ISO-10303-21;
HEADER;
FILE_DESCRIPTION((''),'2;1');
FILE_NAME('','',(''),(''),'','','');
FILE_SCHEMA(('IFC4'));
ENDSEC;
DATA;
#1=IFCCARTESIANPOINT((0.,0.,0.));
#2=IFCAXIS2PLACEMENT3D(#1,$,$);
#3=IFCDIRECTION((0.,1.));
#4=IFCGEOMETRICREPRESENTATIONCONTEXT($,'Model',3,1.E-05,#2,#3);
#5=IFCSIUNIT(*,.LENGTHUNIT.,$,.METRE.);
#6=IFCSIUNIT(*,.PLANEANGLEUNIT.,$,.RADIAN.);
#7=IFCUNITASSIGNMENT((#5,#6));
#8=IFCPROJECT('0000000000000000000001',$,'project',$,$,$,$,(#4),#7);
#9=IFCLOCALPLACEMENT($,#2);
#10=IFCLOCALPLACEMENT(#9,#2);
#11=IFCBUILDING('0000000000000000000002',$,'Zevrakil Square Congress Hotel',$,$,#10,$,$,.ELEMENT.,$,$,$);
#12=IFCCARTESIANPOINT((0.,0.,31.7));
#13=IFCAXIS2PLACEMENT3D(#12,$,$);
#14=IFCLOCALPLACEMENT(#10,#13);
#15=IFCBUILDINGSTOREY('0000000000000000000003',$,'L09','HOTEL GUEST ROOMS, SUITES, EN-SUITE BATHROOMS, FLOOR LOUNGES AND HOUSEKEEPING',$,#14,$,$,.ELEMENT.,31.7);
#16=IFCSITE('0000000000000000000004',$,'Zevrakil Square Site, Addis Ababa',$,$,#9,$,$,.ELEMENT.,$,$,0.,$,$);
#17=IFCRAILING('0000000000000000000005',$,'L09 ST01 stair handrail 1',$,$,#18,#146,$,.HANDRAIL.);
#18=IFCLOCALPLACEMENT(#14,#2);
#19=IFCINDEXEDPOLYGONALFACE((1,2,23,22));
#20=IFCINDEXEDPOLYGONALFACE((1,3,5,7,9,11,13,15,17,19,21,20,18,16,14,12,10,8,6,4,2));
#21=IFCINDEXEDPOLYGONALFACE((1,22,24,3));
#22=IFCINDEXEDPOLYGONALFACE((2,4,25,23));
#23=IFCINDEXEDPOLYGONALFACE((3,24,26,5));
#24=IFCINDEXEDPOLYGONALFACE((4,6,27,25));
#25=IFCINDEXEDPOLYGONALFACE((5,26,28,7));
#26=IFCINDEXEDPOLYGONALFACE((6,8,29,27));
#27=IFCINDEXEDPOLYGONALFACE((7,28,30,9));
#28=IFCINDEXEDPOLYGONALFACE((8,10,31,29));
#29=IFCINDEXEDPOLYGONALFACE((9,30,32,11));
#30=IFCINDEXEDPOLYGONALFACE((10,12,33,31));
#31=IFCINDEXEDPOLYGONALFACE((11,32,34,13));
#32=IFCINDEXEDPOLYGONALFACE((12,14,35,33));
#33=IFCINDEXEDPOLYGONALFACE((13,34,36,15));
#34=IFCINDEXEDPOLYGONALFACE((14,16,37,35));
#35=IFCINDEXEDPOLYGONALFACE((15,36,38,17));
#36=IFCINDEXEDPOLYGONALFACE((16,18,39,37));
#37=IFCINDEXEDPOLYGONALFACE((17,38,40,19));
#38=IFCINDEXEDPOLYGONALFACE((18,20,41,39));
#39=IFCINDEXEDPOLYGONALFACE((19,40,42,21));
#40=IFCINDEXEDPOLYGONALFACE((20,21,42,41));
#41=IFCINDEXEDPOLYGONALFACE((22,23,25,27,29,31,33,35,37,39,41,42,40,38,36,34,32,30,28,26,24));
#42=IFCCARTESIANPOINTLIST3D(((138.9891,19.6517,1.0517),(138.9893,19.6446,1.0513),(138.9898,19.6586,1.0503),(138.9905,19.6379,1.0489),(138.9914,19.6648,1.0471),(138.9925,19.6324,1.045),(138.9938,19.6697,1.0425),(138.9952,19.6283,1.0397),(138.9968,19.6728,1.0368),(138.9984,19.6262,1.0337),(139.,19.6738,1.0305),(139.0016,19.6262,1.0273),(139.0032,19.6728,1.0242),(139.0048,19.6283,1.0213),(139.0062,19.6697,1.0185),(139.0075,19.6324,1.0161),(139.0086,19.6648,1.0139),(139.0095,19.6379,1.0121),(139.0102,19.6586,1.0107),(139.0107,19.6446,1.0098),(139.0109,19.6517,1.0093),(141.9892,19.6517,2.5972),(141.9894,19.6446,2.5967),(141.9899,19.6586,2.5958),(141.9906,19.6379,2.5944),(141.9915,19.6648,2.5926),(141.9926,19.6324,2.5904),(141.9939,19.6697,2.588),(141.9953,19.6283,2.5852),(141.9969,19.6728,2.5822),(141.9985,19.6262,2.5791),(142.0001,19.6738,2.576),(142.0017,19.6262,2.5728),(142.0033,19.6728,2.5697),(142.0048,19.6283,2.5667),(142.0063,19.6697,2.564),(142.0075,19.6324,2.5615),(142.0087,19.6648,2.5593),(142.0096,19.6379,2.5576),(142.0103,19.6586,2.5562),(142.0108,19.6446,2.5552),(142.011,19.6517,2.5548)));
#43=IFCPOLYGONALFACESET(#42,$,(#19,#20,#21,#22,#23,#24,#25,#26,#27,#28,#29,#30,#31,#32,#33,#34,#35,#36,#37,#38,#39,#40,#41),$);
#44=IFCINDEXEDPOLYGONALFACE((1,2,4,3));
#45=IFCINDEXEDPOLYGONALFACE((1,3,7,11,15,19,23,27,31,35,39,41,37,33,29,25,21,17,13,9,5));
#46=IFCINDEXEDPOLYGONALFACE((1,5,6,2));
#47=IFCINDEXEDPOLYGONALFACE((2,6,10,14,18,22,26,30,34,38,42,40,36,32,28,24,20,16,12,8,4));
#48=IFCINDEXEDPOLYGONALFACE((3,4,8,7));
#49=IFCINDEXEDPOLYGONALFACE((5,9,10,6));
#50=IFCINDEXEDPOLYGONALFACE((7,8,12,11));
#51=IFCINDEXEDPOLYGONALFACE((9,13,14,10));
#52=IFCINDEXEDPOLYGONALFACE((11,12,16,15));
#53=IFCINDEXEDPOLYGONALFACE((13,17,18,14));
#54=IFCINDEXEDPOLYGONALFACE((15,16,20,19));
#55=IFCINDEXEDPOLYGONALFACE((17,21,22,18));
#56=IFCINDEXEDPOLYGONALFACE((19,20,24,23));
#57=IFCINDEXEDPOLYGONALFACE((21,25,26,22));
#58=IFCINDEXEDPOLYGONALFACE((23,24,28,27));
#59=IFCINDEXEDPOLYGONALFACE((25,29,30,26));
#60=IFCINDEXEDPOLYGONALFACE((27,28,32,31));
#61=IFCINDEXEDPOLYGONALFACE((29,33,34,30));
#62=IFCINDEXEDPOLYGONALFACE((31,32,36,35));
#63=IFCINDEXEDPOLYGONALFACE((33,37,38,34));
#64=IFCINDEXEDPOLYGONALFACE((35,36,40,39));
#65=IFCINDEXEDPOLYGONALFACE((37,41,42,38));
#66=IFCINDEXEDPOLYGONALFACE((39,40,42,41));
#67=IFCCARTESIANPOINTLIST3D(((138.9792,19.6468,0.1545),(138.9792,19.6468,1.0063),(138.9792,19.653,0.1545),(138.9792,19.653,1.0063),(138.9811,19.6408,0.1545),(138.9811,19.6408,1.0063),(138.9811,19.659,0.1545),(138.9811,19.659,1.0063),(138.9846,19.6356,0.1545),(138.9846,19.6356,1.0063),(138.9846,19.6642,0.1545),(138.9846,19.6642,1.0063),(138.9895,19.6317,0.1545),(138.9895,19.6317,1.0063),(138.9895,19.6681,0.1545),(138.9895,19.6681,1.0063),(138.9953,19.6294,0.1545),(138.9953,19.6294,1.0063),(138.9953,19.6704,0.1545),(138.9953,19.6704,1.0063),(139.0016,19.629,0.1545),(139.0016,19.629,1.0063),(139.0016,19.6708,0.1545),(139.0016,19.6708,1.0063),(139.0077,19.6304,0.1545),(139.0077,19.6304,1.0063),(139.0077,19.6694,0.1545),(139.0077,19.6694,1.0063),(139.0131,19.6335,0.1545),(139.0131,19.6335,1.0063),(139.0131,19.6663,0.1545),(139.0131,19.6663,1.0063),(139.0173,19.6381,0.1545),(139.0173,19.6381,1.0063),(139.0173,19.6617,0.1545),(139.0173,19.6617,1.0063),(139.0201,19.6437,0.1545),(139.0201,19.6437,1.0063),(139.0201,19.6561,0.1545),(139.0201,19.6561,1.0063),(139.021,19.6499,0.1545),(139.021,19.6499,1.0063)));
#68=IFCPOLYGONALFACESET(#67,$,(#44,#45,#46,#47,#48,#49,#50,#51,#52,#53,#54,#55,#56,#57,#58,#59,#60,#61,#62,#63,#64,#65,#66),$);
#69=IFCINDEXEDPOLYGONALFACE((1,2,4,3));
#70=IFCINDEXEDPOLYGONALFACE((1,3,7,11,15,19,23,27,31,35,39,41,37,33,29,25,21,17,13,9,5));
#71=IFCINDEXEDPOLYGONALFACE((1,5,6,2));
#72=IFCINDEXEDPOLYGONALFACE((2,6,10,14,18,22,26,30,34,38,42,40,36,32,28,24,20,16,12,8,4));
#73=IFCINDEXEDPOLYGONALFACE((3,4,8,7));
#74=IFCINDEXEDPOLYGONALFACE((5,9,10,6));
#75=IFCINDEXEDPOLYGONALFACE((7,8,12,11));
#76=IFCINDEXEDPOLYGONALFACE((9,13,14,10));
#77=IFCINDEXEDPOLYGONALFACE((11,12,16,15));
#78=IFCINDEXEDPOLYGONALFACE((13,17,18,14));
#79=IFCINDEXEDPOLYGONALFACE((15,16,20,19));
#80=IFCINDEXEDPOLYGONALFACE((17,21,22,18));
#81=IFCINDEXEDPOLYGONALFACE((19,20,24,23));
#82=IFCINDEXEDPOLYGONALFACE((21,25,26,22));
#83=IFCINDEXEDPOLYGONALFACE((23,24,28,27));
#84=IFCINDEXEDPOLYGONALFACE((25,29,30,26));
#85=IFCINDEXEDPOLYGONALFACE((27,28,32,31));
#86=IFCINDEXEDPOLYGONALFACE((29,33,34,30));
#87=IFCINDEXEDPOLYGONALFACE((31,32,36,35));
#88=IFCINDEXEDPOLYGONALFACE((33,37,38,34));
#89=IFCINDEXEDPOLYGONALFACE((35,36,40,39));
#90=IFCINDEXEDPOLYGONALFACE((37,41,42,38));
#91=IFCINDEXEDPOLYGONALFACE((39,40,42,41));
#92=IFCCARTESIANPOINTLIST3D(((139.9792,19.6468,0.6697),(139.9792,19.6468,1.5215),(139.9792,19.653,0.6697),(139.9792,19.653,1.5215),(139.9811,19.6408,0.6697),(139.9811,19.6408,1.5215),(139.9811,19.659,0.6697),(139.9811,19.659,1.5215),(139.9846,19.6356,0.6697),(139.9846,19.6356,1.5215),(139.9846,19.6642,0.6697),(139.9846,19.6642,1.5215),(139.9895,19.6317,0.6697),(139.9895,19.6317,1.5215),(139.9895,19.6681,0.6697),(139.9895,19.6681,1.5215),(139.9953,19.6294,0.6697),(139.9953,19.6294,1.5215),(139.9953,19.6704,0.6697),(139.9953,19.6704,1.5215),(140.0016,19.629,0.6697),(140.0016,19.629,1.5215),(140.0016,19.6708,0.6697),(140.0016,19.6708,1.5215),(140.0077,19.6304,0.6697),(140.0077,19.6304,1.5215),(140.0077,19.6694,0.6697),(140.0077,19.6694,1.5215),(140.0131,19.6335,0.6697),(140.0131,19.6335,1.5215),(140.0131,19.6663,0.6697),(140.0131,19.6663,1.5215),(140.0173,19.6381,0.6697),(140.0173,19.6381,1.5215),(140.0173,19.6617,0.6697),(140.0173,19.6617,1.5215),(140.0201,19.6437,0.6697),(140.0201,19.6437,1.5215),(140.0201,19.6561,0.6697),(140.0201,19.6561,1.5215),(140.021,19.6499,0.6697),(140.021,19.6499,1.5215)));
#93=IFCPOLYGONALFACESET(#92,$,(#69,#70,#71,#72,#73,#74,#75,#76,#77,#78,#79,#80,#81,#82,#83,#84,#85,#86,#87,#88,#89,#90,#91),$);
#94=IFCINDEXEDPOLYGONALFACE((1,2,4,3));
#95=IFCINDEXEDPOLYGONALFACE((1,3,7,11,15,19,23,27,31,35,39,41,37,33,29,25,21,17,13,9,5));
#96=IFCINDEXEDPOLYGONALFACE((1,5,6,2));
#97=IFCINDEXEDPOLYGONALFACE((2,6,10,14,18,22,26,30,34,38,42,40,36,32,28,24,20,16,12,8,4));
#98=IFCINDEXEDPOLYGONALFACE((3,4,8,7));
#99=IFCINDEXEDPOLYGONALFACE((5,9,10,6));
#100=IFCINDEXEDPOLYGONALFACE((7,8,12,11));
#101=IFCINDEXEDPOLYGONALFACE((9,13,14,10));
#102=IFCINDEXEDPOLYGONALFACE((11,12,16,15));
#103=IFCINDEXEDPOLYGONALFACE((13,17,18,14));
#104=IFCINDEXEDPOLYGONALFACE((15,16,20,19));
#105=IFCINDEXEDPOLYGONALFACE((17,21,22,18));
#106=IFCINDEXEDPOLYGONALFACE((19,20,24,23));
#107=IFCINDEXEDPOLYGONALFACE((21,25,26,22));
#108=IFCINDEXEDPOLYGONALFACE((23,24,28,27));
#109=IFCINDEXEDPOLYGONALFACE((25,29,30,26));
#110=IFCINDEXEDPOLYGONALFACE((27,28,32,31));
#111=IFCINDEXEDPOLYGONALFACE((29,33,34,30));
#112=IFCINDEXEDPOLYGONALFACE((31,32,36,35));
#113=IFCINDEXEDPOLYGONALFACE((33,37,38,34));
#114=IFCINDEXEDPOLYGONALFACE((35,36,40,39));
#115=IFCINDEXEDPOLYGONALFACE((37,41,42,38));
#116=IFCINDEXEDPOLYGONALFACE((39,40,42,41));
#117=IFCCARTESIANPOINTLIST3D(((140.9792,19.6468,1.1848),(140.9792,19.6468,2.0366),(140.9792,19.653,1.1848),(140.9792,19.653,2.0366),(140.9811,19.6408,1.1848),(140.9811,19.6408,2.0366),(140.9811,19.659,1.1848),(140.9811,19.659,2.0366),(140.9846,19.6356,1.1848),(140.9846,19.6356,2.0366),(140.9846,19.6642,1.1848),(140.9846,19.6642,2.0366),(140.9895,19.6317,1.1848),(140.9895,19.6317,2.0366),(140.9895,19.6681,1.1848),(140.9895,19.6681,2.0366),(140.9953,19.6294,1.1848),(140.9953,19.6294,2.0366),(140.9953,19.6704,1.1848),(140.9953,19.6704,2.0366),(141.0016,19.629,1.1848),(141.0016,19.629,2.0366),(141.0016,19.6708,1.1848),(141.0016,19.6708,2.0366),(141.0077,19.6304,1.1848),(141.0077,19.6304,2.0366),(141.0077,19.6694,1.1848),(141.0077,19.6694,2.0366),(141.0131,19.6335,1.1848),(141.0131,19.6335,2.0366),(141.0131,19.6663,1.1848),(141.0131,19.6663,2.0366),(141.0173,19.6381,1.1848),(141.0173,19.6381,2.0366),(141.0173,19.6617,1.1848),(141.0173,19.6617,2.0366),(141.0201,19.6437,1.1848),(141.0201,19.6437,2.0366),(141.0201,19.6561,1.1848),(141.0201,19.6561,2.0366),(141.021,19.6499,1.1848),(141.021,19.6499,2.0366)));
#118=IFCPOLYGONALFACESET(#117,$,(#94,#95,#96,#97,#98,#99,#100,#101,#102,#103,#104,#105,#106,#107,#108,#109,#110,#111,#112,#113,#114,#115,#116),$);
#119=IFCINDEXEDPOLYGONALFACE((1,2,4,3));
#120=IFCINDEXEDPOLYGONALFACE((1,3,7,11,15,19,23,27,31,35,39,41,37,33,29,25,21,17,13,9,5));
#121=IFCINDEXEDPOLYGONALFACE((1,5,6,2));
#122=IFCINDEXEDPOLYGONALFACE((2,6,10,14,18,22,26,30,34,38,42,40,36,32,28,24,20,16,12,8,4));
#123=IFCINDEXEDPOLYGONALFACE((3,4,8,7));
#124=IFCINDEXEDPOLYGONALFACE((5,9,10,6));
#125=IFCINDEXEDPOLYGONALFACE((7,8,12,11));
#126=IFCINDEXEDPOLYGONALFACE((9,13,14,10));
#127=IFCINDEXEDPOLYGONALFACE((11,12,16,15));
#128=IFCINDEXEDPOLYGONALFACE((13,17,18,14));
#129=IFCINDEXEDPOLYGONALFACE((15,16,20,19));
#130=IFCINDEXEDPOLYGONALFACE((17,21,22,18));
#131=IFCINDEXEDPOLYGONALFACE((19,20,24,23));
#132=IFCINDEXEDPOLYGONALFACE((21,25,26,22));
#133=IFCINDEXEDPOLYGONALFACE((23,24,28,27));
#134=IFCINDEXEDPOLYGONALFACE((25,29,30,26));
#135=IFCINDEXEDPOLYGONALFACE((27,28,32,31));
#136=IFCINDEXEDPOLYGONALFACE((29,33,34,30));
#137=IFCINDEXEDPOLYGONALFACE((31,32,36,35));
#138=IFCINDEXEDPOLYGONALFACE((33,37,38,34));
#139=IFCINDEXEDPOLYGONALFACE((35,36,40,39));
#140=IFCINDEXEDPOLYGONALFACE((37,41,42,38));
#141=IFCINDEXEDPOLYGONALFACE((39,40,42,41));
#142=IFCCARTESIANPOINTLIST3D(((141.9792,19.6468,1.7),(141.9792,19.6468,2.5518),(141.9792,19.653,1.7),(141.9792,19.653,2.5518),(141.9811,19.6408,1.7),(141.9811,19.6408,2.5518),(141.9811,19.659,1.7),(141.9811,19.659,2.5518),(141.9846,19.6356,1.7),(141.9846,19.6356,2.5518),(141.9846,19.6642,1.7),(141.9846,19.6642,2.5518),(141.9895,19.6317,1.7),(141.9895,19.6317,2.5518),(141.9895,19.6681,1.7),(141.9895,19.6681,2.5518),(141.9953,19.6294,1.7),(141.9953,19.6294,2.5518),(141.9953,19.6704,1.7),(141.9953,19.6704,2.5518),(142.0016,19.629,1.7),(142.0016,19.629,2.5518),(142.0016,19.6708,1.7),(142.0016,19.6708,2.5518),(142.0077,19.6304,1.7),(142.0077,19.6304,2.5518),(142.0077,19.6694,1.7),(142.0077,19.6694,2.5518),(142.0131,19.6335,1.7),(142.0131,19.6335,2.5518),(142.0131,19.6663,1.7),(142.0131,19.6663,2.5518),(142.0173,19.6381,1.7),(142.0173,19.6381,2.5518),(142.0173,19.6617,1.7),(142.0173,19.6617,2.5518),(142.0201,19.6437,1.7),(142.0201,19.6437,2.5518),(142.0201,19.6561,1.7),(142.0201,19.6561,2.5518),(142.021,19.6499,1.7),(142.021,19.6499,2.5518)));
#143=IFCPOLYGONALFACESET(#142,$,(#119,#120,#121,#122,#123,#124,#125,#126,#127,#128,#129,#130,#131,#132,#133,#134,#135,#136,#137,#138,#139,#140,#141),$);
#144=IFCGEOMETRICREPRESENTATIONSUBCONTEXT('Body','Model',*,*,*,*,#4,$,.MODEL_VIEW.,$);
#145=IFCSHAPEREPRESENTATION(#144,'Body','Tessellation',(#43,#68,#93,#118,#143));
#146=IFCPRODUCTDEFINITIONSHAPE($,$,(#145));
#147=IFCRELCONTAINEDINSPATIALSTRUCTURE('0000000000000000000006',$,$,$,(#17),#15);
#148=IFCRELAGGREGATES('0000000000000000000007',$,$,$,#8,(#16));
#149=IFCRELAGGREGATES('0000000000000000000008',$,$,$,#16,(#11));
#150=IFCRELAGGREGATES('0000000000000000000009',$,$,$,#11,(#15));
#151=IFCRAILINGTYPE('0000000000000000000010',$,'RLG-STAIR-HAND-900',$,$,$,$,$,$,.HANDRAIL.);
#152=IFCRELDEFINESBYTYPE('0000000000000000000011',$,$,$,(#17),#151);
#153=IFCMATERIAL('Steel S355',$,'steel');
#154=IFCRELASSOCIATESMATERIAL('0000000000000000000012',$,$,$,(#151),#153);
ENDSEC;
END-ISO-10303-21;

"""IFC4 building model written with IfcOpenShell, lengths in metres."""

from ifc_helpers import new_model, si_unit, direction, frame, origin, origin_2d, place, context, subcontext, project, spatial, circle, extrude, material, type_object, element, save


model = new_model("IFC4")

# Units and contexts
model_context = context("Model", 3, precision=1e-05, world=origin(), true_north=direction((0.0, 1.0)))
body_context = subcontext(model_context, "Body", "Model", "MODEL_VIEW")
ifc_project = project(units=[si_unit("LENGTHUNIT", "METRE"), si_unit("PLANEANGLEUNIT", "RADIAN")], contexts=[model_context])

# Site, building, storey
site_placement = place(None, origin())
site = spatial("IfcSite", under=ifc_project, at=site_placement, Name="Zevrakil Square Site, Addis Ababa", CompositionType="ELEMENT", RefElevation=0.0)
building_placement = place(site_placement, origin())
building = spatial("IfcBuilding", under=site, at=building_placement, Name="Zevrakil Square Congress Hotel", CompositionType="ELEMENT")
storey_placement = place(building_placement, frame((0.0, 0.0, 31.7)))
storey = spatial("IfcBuildingStorey", under=building, at=storey_placement, Name="L09", Description="HOTEL GUEST ROOMS, SUITES, EN-SUITE BATHROOMS, FLOOR LOUNGES AND HOUSEKEEPING", CompositionType="ELEMENT", Elevation=31.7)

# Railing
ifc_material_1 = material(Name="Steel S355", Category="steel")
railing_type_1 = type_object("IfcRailingType", Name="RLG-STAIR-HAND-900", PredefinedType="HANDRAIL", material=ifc_material_1)
railing_1_placement = place(storey_placement, frame((139.0, 19.6499, 0.1545)))
element("IfcRailing", 1, at=railing_1_placement, inside=storey, type_object=railing_type_1, Name="L09 ST01 stair handrail 1", PredefinedType="HANDRAIL", context=body_context, shape_type="SweptSolid", body=[
    extrude(circle(Radius=0.0239, at=origin_2d()), frame((0.0, 0.0, 0.876), z_axis=(0.88898, 0.0, 0.457946), x_axis=(0.0, 1.0, 0.0)), (0.0, 0.0, 1.0), 3.3748),
    extrude(circle(Radius=0.021, at=origin_2d()), origin(), (0.0, 0.0, 1.0), 0.8518),
    extrude(circle(Radius=0.021, at=origin_2d()), frame((1.0, 0.0, 0.5151)), (0.0, 0.0, 1.0), 0.8518),
    extrude(circle(Radius=0.021, at=origin_2d()), frame((2.0, 0.0, 1.0303)), (0.0, 0.0, 1.0), 0.8518),
    extrude(circle(Radius=0.021, at=origin_2d()), frame((3.0, 0.0, 1.5454)), (0.0, 0.0, 1.0), 0.8518),
])

save(model, "model.ifc")
